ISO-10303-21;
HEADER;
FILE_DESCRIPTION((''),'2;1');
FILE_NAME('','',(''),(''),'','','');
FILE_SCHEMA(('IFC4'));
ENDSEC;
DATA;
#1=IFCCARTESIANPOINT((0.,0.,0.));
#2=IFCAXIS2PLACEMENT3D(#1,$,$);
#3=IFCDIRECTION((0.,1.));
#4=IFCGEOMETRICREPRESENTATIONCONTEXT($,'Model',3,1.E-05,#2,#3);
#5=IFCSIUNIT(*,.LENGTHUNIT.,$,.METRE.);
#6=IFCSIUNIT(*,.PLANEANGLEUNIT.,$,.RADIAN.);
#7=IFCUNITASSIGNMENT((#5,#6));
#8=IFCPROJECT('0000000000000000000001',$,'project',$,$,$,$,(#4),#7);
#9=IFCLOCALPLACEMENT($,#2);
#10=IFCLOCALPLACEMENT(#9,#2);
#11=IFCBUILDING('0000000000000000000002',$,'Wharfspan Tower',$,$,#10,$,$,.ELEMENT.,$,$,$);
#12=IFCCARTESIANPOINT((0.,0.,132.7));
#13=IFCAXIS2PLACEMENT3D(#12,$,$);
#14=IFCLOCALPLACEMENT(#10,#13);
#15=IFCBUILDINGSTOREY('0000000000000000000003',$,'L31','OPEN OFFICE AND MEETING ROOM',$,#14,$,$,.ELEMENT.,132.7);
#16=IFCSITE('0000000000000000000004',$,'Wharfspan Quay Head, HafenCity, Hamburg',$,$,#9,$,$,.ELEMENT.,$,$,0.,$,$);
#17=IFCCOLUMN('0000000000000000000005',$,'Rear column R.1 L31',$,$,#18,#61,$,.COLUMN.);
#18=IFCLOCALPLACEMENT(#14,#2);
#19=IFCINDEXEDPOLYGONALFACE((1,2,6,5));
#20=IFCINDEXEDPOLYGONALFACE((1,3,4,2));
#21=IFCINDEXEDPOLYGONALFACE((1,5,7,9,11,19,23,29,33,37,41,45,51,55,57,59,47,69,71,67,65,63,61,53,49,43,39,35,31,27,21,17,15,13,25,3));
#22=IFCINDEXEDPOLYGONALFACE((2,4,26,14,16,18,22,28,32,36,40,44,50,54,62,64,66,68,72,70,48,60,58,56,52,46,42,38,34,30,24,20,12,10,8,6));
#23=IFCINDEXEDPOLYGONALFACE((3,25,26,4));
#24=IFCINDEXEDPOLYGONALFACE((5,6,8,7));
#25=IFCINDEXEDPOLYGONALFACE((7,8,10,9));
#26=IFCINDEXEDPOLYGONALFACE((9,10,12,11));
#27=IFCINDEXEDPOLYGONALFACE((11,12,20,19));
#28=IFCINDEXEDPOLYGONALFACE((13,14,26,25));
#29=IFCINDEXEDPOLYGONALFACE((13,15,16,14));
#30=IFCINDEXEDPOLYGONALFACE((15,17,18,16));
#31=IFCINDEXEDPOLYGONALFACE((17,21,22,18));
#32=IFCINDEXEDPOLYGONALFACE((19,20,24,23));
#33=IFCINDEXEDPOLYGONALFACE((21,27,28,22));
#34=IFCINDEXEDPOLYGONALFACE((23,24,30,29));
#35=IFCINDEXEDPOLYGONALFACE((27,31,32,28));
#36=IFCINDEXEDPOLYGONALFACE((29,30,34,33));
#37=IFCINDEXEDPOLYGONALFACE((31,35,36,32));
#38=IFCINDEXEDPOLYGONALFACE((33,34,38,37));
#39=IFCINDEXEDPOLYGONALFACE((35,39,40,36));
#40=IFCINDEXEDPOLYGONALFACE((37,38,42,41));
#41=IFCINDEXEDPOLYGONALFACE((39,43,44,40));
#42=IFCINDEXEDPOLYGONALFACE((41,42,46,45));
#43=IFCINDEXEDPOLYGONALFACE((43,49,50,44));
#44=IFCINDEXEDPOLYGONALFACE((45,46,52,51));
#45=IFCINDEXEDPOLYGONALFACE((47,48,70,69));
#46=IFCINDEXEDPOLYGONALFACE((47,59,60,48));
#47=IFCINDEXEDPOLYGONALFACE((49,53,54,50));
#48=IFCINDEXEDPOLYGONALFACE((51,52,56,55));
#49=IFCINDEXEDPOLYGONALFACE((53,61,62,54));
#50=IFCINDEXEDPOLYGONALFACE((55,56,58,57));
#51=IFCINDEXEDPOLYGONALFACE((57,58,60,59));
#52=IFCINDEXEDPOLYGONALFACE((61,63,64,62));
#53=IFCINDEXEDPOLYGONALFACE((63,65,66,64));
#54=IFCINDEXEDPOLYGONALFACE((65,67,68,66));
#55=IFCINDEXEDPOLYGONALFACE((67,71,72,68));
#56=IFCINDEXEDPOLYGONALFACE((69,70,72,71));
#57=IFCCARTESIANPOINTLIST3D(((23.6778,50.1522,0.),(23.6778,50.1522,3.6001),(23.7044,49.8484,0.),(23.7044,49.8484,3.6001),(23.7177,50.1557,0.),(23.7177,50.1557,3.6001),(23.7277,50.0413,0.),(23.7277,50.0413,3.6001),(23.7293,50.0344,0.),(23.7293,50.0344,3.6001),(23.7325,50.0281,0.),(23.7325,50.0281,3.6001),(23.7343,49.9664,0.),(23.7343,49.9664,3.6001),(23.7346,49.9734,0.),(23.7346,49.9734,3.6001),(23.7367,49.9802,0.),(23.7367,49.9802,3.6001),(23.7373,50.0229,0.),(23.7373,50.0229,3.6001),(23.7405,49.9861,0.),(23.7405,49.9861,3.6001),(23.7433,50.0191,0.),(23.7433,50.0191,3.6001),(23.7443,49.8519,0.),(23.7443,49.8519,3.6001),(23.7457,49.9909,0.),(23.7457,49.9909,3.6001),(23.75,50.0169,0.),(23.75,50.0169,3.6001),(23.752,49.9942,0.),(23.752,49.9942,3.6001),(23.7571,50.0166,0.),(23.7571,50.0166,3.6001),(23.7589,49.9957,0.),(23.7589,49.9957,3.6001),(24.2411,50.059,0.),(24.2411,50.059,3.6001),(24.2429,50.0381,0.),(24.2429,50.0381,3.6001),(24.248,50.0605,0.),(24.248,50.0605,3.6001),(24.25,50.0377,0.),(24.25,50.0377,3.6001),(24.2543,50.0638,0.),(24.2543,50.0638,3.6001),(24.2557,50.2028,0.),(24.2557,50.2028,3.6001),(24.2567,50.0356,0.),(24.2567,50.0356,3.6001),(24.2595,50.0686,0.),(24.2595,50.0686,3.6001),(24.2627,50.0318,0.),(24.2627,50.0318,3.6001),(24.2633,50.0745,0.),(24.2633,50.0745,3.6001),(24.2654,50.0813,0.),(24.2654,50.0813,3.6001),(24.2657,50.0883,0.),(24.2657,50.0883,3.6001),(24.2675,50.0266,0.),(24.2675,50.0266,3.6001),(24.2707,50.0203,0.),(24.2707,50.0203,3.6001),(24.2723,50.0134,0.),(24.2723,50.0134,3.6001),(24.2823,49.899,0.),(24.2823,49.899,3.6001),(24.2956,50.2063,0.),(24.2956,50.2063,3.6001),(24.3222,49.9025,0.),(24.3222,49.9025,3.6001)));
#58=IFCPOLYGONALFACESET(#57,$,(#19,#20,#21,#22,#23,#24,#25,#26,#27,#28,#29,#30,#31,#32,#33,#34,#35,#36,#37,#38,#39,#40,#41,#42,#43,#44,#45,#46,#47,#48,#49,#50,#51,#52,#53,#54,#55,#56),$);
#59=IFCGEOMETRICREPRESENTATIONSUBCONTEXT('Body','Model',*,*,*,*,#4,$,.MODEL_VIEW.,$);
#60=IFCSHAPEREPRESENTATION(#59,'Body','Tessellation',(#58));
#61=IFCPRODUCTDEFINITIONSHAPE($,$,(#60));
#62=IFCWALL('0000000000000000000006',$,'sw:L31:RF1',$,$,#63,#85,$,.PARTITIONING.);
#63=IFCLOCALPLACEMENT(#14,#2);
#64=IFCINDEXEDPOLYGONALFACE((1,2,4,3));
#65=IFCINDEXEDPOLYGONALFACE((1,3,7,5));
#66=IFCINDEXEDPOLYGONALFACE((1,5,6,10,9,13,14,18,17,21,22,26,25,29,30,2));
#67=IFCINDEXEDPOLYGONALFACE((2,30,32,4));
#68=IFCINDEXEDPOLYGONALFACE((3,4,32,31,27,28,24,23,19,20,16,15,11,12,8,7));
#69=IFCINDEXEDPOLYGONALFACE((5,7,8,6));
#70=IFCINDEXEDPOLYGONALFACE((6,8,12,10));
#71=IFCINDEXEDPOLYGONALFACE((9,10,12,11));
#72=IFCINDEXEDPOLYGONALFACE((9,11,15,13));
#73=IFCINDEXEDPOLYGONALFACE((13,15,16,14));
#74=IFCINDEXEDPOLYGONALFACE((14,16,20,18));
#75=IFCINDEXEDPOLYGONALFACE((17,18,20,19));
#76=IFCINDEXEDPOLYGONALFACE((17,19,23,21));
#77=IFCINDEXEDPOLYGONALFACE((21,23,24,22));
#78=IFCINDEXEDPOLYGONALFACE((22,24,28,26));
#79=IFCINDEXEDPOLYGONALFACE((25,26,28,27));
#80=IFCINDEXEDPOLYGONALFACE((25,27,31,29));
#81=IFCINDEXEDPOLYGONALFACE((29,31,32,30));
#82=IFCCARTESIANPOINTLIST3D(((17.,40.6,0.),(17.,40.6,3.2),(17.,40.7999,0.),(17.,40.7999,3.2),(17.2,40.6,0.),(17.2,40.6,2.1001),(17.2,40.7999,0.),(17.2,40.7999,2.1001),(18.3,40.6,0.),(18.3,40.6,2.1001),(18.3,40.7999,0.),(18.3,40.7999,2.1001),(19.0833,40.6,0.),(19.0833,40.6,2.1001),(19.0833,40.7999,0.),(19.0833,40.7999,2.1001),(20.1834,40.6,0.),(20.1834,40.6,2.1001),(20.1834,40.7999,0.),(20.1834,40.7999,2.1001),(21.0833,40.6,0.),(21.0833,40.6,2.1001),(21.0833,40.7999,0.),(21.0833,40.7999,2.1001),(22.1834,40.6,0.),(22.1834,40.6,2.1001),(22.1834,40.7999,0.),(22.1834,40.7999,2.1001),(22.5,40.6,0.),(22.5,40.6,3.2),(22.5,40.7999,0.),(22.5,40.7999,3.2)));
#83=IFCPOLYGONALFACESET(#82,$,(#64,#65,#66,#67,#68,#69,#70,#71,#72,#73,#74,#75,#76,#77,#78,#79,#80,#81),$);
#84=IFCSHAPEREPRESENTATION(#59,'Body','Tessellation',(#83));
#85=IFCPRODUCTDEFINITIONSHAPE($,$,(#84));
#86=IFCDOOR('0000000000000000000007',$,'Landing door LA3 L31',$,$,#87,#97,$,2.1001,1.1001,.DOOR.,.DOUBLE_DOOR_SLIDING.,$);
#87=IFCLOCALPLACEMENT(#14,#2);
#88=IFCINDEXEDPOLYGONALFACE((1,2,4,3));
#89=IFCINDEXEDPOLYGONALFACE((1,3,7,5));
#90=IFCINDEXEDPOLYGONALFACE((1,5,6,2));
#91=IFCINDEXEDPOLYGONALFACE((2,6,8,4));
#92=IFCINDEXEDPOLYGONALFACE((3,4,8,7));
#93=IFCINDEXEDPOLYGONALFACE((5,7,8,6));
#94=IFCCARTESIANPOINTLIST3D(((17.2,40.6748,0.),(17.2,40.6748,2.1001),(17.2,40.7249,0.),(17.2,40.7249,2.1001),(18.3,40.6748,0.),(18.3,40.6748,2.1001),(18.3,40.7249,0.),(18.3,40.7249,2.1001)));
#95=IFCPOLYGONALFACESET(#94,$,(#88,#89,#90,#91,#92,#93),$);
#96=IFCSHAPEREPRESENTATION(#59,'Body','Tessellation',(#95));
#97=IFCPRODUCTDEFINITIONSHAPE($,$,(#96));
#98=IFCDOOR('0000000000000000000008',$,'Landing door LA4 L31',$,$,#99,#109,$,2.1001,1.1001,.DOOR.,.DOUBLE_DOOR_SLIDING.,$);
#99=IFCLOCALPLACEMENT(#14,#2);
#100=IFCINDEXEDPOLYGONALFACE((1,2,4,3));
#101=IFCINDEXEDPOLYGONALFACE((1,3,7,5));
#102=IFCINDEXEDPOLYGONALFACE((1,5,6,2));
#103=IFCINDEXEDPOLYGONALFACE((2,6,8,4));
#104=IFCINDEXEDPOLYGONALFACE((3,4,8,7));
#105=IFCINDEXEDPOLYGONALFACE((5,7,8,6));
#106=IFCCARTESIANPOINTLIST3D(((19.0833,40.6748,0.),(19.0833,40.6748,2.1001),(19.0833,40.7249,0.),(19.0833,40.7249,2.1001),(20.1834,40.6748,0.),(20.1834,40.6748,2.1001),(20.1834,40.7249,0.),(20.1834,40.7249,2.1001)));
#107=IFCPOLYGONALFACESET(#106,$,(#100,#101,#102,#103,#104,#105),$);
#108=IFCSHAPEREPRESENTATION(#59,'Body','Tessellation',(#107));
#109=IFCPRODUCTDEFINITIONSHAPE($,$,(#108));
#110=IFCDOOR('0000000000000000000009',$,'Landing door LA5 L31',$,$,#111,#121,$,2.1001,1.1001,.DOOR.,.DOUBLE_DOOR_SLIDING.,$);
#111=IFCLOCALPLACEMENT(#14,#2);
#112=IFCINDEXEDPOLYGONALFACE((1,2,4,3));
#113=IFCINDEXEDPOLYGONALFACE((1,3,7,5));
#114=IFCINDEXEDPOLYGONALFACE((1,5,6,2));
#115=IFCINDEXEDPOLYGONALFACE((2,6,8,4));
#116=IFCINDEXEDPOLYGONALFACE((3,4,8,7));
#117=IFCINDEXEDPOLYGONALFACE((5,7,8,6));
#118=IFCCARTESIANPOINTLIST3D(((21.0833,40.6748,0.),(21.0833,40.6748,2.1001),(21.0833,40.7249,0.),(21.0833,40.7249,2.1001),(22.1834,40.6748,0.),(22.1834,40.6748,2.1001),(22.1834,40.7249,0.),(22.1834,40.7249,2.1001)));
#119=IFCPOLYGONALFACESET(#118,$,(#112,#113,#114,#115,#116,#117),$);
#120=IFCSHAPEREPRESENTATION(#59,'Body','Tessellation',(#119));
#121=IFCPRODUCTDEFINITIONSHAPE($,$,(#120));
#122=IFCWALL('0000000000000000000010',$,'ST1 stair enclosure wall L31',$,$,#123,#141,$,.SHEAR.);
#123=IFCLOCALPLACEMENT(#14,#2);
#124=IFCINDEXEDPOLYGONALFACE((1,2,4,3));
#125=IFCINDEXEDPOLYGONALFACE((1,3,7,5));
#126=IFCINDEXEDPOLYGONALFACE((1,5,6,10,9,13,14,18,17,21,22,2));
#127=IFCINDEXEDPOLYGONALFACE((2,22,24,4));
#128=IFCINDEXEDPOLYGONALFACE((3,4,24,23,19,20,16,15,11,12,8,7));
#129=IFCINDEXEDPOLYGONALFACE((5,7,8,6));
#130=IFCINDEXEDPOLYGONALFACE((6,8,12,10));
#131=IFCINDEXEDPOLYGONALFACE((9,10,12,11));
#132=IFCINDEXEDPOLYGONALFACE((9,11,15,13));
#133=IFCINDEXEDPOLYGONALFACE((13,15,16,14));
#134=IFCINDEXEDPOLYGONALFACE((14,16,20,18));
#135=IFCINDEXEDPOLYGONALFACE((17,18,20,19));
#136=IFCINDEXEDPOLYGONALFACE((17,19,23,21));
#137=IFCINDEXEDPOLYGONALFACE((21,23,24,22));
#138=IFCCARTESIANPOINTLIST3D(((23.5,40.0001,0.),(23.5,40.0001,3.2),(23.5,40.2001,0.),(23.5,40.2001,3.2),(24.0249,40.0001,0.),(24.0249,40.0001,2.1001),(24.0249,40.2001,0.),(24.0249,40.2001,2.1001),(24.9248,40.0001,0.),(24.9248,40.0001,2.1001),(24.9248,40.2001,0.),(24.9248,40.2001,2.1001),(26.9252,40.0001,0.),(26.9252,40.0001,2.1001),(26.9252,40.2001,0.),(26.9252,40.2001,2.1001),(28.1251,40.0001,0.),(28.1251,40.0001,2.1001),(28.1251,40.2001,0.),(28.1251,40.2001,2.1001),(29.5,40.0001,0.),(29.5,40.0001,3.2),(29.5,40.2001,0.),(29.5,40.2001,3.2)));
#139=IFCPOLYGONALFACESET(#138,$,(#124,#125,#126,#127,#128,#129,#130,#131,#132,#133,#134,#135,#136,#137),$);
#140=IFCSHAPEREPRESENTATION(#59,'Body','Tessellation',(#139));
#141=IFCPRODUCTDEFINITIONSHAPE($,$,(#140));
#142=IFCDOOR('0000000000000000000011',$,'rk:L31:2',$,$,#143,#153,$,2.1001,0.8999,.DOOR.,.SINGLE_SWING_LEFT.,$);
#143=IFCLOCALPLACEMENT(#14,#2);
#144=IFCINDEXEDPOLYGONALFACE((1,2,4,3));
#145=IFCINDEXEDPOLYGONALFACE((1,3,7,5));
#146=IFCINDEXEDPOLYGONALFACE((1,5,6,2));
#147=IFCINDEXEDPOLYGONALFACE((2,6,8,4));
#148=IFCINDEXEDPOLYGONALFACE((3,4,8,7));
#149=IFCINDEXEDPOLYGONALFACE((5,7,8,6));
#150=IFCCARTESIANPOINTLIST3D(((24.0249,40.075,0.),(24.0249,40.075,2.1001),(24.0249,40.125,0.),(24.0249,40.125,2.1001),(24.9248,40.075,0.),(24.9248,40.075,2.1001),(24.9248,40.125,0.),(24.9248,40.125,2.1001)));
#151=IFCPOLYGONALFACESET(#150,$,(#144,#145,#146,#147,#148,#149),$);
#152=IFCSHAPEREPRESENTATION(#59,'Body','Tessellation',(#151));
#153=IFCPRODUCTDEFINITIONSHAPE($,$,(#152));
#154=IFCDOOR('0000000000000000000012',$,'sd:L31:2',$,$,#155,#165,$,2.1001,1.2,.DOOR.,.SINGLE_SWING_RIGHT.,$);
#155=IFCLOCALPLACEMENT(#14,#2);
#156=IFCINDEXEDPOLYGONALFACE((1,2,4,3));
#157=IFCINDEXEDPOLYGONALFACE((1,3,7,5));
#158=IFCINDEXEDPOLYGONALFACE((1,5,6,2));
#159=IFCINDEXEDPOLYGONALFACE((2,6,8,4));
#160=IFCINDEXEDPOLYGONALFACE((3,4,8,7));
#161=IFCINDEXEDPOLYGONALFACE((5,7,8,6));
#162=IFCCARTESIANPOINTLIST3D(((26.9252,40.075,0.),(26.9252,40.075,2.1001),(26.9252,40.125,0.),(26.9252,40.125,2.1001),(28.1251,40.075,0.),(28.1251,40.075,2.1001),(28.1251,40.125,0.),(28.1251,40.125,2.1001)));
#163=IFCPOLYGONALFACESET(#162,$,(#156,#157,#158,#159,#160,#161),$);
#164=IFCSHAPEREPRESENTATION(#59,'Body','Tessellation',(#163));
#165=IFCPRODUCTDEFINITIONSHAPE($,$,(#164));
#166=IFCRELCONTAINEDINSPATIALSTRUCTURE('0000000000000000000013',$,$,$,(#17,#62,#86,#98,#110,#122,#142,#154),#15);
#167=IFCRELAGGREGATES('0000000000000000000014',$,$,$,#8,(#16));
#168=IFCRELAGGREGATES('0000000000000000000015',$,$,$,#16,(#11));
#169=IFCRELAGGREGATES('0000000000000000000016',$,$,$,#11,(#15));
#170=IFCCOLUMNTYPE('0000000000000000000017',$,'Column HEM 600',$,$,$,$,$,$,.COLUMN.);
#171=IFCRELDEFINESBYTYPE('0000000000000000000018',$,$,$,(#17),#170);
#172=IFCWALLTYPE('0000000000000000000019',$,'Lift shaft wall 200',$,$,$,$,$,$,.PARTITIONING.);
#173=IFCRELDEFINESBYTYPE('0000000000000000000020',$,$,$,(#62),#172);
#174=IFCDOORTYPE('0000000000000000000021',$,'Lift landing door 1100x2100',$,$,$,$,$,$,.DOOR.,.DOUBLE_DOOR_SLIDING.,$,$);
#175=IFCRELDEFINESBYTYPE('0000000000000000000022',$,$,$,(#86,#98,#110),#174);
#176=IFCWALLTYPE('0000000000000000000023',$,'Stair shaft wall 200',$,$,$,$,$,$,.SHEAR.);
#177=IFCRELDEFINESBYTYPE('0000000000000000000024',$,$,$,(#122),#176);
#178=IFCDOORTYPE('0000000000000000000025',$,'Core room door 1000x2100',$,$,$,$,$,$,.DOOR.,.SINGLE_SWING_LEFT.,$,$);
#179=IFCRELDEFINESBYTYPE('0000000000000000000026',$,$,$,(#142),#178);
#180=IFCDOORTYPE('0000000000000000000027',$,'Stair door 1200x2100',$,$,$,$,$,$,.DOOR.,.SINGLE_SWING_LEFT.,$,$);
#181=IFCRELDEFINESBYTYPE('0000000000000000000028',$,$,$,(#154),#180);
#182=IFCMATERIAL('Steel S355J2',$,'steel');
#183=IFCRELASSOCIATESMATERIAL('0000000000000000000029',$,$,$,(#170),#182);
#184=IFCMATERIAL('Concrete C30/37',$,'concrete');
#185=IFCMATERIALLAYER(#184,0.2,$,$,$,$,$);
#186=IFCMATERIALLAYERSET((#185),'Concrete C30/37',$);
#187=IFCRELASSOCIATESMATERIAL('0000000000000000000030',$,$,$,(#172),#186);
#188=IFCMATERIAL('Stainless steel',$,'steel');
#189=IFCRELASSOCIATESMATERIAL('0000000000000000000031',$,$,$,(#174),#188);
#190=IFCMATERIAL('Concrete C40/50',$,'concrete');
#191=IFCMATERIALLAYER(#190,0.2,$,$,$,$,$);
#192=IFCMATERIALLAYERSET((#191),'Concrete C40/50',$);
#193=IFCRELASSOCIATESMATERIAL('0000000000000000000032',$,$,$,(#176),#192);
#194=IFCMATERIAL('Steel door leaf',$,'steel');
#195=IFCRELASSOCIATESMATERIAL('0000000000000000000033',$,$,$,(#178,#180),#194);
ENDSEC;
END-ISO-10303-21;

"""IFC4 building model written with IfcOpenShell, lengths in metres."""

from ifc_helpers import new_model, si_unit, direction, frame, frame_2d, origin, origin_2d, place, context, subcontext, project, spatial, rectangle, i_section, extrude, material, layer, layer_set, material_profile, profile_set, type_object, element, fill, save


model = new_model("IFC4")

# Units and contexts
model_context = context("Model", 3, precision=1e-05, world=origin(), true_north=direction((0.0, 1.0)))
body_context = subcontext(model_context, "Body", "Model", "MODEL_VIEW")
ifc_project = project(units=[si_unit("LENGTHUNIT", "METRE"), si_unit("PLANEANGLEUNIT", "RADIAN")], contexts=[model_context])

# Site, building, storey
site_placement = place(None, origin())
site = spatial("IfcSite", under=ifc_project, at=site_placement, Name="Wharfspan Quay Head, HafenCity, Hamburg", CompositionType="ELEMENT", RefElevation=0.0)
building_placement = place(site_placement, origin())
building = spatial("IfcBuilding", under=site, at=building_placement, Name="Wharfspan Tower", CompositionType="ELEMENT")
storey_placement = place(building_placement, frame((0.0, 0.0, 132.7)))
storey = spatial("IfcBuildingStorey", under=building, at=storey_placement, Name="L31", Description="OPEN OFFICE AND MEETING ROOM", CompositionType="ELEMENT", Elevation=132.7)

# Column
ifc_material_1 = material(Name="Steel S355J2", Category="steel")
ifc_material_profile_1 = material_profile(ifc_material_1, i_section(OverallWidth=0.3049, OverallDepth=0.6201, WebThickness=0.021, FlangeThickness=0.04, FilletRadius=0.0271, at=origin_2d()))
ifc_profile_set_1 = profile_set([ifc_material_profile_1], Name="Steel S355J2")
column_type = type_object("IfcColumnType", Name="Column HEM 600", PredefinedType="COLUMN", material=ifc_profile_set_1)
column_placement = place(storey_placement, frame((24.0, 50.0273, 0.0), z_axis=(0.0, 0.0, 1.0), x_axis=(-0.087156, 0.996198, 0.0)))
element("IfcColumn", 1, at=column_placement, inside=storey, type_object=column_type, Name="Rear column R.1 L31", PredefinedType="COLUMN", context=body_context, shape_type="SweptSolid", body=[
    extrude(i_section(OverallWidth=0.3049, OverallDepth=0.6201, WebThickness=0.021, FlangeThickness=0.04, FilletRadius=0.0271, at=origin_2d()), origin(), (0.0, 0.0, 1.0), 3.6001),
])

# Walls, openings, doors
ifc_material_2 = material(Name="Concrete C30/37", Category="concrete")
ifc_layer_1 = layer(ifc_material_2, 0.2)
ifc_layer_set_1 = layer_set([ifc_layer_1], Name="Concrete C30/37")
wall_type_1 = type_object("IfcWallType", Name="Lift shaft wall 200", PredefinedType="PARTITIONING", material=ifc_layer_set_1)
wall_1_placement = place(storey_placement, frame((17.0, 40.7, 0.0), z_axis=(0.0, 0.0, 1.0), x_axis=(1.0, 0.0, 0.0)))
wall_1 = element("IfcWall", 2, at=wall_1_placement, inside=storey, type_object=wall_type_1, Name="sw:L31:RF1", PredefinedType="PARTITIONING", context=body_context, shape_type="SweptSolid", body=[
    extrude(rectangle(XDim=5.5, YDim=0.2, at=frame_2d((2.75, 0.0))), origin(), (0.0, 0.0, 1.0), 3.2),
])
opening_1_placement = place(wall_1_placement, frame((0.2, 0.0, 0.0)))
opening_1 = element("IfcOpeningElement", 3, at=opening_1_placement, cuts=wall_1, PredefinedType="OPENING", context=body_context, shape_type="SweptSolid", body=[
    extrude(rectangle(XDim=1.1001, YDim=2.1001, at=frame_2d((0.55, 1.05))), frame((0.0, 0.1099, 0.0), z_axis=(0.0, -1.0, 0.0), x_axis=(1.0, 0.0, 0.0)), (0.0, 0.0, 1.0), 0.22),
])
opening_2_placement = place(wall_1_placement, frame((2.0833, 0.0, 0.0)))
opening_2 = element("IfcOpeningElement", 4, at=opening_2_placement, cuts=wall_1, PredefinedType="OPENING", context=body_context, shape_type="SweptSolid", body=[
    extrude(rectangle(XDim=1.1001, YDim=2.1001, at=frame_2d((0.55, 1.05))), frame((0.0, 0.1099, 0.0), z_axis=(0.0, -1.0, 0.0), x_axis=(1.0, 0.0, 0.0)), (0.0, 0.0, 1.0), 0.22),
])
opening_3_placement = place(wall_1_placement, frame((4.0833, 0.0, 0.0)))
opening_3 = element("IfcOpeningElement", 5, at=opening_3_placement, cuts=wall_1, PredefinedType="OPENING", context=body_context, shape_type="SweptSolid", body=[
    extrude(rectangle(XDim=1.1001, YDim=2.1001, at=frame_2d((0.55, 1.05))), frame((0.0, 0.1099, 0.0), z_axis=(0.0, -1.0, 0.0), x_axis=(1.0, 0.0, 0.0)), (0.0, 0.0, 1.0), 0.22),
])
ifc_material_3 = material(Name="Stainless steel", Category="steel")
door_type_1 = type_object("IfcDoorType", Name="Lift landing door 1100x2100", OperationType="DOUBLE_DOOR_SLIDING", PredefinedType="DOOR", material=ifc_material_3)
door_1_placement = place(opening_1_placement, origin())
door_1 = element("IfcDoor", 6, at=door_1_placement, inside=storey, type_object=door_type_1, Name="Landing door LA3 L31", OperationType="DOUBLE_DOOR_SLIDING", OverallHeight=2.1001, OverallWidth=1.1001, PredefinedType="DOOR", context=body_context, shape_type="SweptSolid", body=[
    extrude(rectangle(XDim=1.1001, YDim=2.1001, at=frame_2d((0.55, 1.05))), frame((0.0, 0.0249, 0.0), z_axis=(0.0, -1.0, 0.0), x_axis=(1.0, 0.0, 0.0)), (0.0, 0.0, 1.0), 0.05),
])
fill(opening_1, door_1)
door_2_placement = place(opening_2_placement, origin())
door_2 = element("IfcDoor", 7, at=door_2_placement, inside=storey, type_object=door_type_1, Name="Landing door LA4 L31", OperationType="DOUBLE_DOOR_SLIDING", OverallHeight=2.1001, OverallWidth=1.1001, PredefinedType="DOOR", context=body_context, shape_type="SweptSolid", body=[
    extrude(rectangle(XDim=1.1001, YDim=2.1001, at=frame_2d((0.55, 1.05))), frame((0.0, 0.0249, 0.0), z_axis=(0.0, -1.0, 0.0), x_axis=(1.0, 0.0, 0.0)), (0.0, 0.0, 1.0), 0.05),
])
fill(opening_2, door_2)
door_3_placement = place(opening_3_placement, origin())
door_3 = element("IfcDoor", 8, at=door_3_placement, inside=storey, type_object=door_type_1, Name="Landing door LA5 L31", OperationType="DOUBLE_DOOR_SLIDING", OverallHeight=2.1001, OverallWidth=1.1001, PredefinedType="DOOR", context=body_context, shape_type="SweptSolid", body=[
    extrude(rectangle(XDim=1.1001, YDim=2.1001, at=frame_2d((0.55, 1.05))), frame((0.0, 0.0249, 0.0), z_axis=(0.0, -1.0, 0.0), x_axis=(1.0, 0.0, 0.0)), (0.0, 0.0, 1.0), 0.05),
])
fill(opening_3, door_3)
ifc_material_4 = material(Name="Concrete C40/50", Category="concrete")
ifc_layer_2 = layer(ifc_material_4, 0.2)
ifc_layer_set_2 = layer_set([ifc_layer_2], Name="Concrete C40/50")
wall_type_2 = type_object("IfcWallType", Name="Stair shaft wall 200", PredefinedType="SHEAR", material=ifc_layer_set_2)
wall_2_placement = place(storey_placement, frame((23.5, 40.1001, 0.0), z_axis=(0.0, 0.0, 1.0), x_axis=(1.0, 0.0, 0.0)))
wall_2 = element("IfcWall", 9, at=wall_2_placement, inside=storey, type_object=wall_type_2, Name="ST1 stair enclosure wall L31", PredefinedType="SHEAR", context=body_context, shape_type="SweptSolid", body=[
    extrude(rectangle(XDim=6.0, YDim=0.2, at=frame_2d((3.0, 0.0))), origin(), (0.0, 0.0, 1.0), 3.2),
])
opening_4_placement = place(wall_2_placement, frame((3.425, 0.0, 0.0)))
opening_4 = element("IfcOpeningElement", 10, at=opening_4_placement, cuts=wall_2, PredefinedType="OPENING", context=body_context, shape_type="SweptSolid", body=[
    extrude(rectangle(XDim=1.2, YDim=2.1001, at=frame_2d((0.6001, 1.05))), frame((0.0, 0.1099, 0.0), z_axis=(0.0, -1.0, 0.0), x_axis=(1.0, 0.0, 0.0)), (0.0, 0.0, 1.0), 0.22),
])
opening_5_placement = place(wall_2_placement, frame((0.5249, 0.0, 0.0)))
opening_5 = element("IfcOpeningElement", 11, at=opening_5_placement, cuts=wall_2, PredefinedType="OPENING", context=body_context, shape_type="SweptSolid", body=[
    extrude(rectangle(XDim=0.8999, YDim=2.1001, at=frame_2d((0.45, 1.05))), frame((0.0, 0.1099, 0.0), z_axis=(0.0, -1.0, 0.0), x_axis=(1.0, 0.0, 0.0)), (0.0, 0.0, 1.0), 0.22),
])
ifc_material_5 = material(Name="Steel door leaf", Category="steel")
door_type_2 = type_object("IfcDoorType", Name="Core room door 1000x2100", OperationType="SINGLE_SWING_LEFT", PredefinedType="DOOR", material=ifc_material_5)
door_4_placement = place(opening_5_placement, origin())
door_4 = element("IfcDoor", 12, at=door_4_placement, inside=storey, type_object=door_type_2, Name="rk:L31:2", OperationType="SINGLE_SWING_LEFT", OverallHeight=2.1001, OverallWidth=0.8999, PredefinedType="DOOR", context=body_context, shape_type="SweptSolid", body=[
    extrude(rectangle(XDim=0.8999, YDim=2.1001, at=frame_2d((0.45, 1.05))), frame((0.0, 0.0249, 0.0), z_axis=(0.0, -1.0, 0.0), x_axis=(1.0, 0.0, 0.0)), (0.0, 0.0, 1.0), 0.05),
])
fill(opening_5, door_4)
door_type_3 = type_object("IfcDoorType", Name="Stair door 1200x2100", OperationType="SINGLE_SWING_LEFT", PredefinedType="DOOR", material=ifc_material_5)
door_5_placement = place(opening_4_placement, origin())
door_5 = element("IfcDoor", 13, at=door_5_placement, inside=storey, type_object=door_type_3, Name="sd:L31:2", OperationType="SINGLE_SWING_RIGHT", OverallHeight=2.1001, OverallWidth=1.2, PredefinedType="DOOR", context=body_context, shape_type="SweptSolid", body=[
    extrude(rectangle(XDim=1.2, YDim=2.1001, at=frame_2d((0.6001, 1.05))), frame((0.0, 0.0249, 0.0), z_axis=(0.0, -1.0, 0.0), x_axis=(1.0, 0.0, 0.0)), (0.0, 0.0, 1.0), 0.05),
])
fill(opening_4, door_5)

save(model, "model.ifc")
